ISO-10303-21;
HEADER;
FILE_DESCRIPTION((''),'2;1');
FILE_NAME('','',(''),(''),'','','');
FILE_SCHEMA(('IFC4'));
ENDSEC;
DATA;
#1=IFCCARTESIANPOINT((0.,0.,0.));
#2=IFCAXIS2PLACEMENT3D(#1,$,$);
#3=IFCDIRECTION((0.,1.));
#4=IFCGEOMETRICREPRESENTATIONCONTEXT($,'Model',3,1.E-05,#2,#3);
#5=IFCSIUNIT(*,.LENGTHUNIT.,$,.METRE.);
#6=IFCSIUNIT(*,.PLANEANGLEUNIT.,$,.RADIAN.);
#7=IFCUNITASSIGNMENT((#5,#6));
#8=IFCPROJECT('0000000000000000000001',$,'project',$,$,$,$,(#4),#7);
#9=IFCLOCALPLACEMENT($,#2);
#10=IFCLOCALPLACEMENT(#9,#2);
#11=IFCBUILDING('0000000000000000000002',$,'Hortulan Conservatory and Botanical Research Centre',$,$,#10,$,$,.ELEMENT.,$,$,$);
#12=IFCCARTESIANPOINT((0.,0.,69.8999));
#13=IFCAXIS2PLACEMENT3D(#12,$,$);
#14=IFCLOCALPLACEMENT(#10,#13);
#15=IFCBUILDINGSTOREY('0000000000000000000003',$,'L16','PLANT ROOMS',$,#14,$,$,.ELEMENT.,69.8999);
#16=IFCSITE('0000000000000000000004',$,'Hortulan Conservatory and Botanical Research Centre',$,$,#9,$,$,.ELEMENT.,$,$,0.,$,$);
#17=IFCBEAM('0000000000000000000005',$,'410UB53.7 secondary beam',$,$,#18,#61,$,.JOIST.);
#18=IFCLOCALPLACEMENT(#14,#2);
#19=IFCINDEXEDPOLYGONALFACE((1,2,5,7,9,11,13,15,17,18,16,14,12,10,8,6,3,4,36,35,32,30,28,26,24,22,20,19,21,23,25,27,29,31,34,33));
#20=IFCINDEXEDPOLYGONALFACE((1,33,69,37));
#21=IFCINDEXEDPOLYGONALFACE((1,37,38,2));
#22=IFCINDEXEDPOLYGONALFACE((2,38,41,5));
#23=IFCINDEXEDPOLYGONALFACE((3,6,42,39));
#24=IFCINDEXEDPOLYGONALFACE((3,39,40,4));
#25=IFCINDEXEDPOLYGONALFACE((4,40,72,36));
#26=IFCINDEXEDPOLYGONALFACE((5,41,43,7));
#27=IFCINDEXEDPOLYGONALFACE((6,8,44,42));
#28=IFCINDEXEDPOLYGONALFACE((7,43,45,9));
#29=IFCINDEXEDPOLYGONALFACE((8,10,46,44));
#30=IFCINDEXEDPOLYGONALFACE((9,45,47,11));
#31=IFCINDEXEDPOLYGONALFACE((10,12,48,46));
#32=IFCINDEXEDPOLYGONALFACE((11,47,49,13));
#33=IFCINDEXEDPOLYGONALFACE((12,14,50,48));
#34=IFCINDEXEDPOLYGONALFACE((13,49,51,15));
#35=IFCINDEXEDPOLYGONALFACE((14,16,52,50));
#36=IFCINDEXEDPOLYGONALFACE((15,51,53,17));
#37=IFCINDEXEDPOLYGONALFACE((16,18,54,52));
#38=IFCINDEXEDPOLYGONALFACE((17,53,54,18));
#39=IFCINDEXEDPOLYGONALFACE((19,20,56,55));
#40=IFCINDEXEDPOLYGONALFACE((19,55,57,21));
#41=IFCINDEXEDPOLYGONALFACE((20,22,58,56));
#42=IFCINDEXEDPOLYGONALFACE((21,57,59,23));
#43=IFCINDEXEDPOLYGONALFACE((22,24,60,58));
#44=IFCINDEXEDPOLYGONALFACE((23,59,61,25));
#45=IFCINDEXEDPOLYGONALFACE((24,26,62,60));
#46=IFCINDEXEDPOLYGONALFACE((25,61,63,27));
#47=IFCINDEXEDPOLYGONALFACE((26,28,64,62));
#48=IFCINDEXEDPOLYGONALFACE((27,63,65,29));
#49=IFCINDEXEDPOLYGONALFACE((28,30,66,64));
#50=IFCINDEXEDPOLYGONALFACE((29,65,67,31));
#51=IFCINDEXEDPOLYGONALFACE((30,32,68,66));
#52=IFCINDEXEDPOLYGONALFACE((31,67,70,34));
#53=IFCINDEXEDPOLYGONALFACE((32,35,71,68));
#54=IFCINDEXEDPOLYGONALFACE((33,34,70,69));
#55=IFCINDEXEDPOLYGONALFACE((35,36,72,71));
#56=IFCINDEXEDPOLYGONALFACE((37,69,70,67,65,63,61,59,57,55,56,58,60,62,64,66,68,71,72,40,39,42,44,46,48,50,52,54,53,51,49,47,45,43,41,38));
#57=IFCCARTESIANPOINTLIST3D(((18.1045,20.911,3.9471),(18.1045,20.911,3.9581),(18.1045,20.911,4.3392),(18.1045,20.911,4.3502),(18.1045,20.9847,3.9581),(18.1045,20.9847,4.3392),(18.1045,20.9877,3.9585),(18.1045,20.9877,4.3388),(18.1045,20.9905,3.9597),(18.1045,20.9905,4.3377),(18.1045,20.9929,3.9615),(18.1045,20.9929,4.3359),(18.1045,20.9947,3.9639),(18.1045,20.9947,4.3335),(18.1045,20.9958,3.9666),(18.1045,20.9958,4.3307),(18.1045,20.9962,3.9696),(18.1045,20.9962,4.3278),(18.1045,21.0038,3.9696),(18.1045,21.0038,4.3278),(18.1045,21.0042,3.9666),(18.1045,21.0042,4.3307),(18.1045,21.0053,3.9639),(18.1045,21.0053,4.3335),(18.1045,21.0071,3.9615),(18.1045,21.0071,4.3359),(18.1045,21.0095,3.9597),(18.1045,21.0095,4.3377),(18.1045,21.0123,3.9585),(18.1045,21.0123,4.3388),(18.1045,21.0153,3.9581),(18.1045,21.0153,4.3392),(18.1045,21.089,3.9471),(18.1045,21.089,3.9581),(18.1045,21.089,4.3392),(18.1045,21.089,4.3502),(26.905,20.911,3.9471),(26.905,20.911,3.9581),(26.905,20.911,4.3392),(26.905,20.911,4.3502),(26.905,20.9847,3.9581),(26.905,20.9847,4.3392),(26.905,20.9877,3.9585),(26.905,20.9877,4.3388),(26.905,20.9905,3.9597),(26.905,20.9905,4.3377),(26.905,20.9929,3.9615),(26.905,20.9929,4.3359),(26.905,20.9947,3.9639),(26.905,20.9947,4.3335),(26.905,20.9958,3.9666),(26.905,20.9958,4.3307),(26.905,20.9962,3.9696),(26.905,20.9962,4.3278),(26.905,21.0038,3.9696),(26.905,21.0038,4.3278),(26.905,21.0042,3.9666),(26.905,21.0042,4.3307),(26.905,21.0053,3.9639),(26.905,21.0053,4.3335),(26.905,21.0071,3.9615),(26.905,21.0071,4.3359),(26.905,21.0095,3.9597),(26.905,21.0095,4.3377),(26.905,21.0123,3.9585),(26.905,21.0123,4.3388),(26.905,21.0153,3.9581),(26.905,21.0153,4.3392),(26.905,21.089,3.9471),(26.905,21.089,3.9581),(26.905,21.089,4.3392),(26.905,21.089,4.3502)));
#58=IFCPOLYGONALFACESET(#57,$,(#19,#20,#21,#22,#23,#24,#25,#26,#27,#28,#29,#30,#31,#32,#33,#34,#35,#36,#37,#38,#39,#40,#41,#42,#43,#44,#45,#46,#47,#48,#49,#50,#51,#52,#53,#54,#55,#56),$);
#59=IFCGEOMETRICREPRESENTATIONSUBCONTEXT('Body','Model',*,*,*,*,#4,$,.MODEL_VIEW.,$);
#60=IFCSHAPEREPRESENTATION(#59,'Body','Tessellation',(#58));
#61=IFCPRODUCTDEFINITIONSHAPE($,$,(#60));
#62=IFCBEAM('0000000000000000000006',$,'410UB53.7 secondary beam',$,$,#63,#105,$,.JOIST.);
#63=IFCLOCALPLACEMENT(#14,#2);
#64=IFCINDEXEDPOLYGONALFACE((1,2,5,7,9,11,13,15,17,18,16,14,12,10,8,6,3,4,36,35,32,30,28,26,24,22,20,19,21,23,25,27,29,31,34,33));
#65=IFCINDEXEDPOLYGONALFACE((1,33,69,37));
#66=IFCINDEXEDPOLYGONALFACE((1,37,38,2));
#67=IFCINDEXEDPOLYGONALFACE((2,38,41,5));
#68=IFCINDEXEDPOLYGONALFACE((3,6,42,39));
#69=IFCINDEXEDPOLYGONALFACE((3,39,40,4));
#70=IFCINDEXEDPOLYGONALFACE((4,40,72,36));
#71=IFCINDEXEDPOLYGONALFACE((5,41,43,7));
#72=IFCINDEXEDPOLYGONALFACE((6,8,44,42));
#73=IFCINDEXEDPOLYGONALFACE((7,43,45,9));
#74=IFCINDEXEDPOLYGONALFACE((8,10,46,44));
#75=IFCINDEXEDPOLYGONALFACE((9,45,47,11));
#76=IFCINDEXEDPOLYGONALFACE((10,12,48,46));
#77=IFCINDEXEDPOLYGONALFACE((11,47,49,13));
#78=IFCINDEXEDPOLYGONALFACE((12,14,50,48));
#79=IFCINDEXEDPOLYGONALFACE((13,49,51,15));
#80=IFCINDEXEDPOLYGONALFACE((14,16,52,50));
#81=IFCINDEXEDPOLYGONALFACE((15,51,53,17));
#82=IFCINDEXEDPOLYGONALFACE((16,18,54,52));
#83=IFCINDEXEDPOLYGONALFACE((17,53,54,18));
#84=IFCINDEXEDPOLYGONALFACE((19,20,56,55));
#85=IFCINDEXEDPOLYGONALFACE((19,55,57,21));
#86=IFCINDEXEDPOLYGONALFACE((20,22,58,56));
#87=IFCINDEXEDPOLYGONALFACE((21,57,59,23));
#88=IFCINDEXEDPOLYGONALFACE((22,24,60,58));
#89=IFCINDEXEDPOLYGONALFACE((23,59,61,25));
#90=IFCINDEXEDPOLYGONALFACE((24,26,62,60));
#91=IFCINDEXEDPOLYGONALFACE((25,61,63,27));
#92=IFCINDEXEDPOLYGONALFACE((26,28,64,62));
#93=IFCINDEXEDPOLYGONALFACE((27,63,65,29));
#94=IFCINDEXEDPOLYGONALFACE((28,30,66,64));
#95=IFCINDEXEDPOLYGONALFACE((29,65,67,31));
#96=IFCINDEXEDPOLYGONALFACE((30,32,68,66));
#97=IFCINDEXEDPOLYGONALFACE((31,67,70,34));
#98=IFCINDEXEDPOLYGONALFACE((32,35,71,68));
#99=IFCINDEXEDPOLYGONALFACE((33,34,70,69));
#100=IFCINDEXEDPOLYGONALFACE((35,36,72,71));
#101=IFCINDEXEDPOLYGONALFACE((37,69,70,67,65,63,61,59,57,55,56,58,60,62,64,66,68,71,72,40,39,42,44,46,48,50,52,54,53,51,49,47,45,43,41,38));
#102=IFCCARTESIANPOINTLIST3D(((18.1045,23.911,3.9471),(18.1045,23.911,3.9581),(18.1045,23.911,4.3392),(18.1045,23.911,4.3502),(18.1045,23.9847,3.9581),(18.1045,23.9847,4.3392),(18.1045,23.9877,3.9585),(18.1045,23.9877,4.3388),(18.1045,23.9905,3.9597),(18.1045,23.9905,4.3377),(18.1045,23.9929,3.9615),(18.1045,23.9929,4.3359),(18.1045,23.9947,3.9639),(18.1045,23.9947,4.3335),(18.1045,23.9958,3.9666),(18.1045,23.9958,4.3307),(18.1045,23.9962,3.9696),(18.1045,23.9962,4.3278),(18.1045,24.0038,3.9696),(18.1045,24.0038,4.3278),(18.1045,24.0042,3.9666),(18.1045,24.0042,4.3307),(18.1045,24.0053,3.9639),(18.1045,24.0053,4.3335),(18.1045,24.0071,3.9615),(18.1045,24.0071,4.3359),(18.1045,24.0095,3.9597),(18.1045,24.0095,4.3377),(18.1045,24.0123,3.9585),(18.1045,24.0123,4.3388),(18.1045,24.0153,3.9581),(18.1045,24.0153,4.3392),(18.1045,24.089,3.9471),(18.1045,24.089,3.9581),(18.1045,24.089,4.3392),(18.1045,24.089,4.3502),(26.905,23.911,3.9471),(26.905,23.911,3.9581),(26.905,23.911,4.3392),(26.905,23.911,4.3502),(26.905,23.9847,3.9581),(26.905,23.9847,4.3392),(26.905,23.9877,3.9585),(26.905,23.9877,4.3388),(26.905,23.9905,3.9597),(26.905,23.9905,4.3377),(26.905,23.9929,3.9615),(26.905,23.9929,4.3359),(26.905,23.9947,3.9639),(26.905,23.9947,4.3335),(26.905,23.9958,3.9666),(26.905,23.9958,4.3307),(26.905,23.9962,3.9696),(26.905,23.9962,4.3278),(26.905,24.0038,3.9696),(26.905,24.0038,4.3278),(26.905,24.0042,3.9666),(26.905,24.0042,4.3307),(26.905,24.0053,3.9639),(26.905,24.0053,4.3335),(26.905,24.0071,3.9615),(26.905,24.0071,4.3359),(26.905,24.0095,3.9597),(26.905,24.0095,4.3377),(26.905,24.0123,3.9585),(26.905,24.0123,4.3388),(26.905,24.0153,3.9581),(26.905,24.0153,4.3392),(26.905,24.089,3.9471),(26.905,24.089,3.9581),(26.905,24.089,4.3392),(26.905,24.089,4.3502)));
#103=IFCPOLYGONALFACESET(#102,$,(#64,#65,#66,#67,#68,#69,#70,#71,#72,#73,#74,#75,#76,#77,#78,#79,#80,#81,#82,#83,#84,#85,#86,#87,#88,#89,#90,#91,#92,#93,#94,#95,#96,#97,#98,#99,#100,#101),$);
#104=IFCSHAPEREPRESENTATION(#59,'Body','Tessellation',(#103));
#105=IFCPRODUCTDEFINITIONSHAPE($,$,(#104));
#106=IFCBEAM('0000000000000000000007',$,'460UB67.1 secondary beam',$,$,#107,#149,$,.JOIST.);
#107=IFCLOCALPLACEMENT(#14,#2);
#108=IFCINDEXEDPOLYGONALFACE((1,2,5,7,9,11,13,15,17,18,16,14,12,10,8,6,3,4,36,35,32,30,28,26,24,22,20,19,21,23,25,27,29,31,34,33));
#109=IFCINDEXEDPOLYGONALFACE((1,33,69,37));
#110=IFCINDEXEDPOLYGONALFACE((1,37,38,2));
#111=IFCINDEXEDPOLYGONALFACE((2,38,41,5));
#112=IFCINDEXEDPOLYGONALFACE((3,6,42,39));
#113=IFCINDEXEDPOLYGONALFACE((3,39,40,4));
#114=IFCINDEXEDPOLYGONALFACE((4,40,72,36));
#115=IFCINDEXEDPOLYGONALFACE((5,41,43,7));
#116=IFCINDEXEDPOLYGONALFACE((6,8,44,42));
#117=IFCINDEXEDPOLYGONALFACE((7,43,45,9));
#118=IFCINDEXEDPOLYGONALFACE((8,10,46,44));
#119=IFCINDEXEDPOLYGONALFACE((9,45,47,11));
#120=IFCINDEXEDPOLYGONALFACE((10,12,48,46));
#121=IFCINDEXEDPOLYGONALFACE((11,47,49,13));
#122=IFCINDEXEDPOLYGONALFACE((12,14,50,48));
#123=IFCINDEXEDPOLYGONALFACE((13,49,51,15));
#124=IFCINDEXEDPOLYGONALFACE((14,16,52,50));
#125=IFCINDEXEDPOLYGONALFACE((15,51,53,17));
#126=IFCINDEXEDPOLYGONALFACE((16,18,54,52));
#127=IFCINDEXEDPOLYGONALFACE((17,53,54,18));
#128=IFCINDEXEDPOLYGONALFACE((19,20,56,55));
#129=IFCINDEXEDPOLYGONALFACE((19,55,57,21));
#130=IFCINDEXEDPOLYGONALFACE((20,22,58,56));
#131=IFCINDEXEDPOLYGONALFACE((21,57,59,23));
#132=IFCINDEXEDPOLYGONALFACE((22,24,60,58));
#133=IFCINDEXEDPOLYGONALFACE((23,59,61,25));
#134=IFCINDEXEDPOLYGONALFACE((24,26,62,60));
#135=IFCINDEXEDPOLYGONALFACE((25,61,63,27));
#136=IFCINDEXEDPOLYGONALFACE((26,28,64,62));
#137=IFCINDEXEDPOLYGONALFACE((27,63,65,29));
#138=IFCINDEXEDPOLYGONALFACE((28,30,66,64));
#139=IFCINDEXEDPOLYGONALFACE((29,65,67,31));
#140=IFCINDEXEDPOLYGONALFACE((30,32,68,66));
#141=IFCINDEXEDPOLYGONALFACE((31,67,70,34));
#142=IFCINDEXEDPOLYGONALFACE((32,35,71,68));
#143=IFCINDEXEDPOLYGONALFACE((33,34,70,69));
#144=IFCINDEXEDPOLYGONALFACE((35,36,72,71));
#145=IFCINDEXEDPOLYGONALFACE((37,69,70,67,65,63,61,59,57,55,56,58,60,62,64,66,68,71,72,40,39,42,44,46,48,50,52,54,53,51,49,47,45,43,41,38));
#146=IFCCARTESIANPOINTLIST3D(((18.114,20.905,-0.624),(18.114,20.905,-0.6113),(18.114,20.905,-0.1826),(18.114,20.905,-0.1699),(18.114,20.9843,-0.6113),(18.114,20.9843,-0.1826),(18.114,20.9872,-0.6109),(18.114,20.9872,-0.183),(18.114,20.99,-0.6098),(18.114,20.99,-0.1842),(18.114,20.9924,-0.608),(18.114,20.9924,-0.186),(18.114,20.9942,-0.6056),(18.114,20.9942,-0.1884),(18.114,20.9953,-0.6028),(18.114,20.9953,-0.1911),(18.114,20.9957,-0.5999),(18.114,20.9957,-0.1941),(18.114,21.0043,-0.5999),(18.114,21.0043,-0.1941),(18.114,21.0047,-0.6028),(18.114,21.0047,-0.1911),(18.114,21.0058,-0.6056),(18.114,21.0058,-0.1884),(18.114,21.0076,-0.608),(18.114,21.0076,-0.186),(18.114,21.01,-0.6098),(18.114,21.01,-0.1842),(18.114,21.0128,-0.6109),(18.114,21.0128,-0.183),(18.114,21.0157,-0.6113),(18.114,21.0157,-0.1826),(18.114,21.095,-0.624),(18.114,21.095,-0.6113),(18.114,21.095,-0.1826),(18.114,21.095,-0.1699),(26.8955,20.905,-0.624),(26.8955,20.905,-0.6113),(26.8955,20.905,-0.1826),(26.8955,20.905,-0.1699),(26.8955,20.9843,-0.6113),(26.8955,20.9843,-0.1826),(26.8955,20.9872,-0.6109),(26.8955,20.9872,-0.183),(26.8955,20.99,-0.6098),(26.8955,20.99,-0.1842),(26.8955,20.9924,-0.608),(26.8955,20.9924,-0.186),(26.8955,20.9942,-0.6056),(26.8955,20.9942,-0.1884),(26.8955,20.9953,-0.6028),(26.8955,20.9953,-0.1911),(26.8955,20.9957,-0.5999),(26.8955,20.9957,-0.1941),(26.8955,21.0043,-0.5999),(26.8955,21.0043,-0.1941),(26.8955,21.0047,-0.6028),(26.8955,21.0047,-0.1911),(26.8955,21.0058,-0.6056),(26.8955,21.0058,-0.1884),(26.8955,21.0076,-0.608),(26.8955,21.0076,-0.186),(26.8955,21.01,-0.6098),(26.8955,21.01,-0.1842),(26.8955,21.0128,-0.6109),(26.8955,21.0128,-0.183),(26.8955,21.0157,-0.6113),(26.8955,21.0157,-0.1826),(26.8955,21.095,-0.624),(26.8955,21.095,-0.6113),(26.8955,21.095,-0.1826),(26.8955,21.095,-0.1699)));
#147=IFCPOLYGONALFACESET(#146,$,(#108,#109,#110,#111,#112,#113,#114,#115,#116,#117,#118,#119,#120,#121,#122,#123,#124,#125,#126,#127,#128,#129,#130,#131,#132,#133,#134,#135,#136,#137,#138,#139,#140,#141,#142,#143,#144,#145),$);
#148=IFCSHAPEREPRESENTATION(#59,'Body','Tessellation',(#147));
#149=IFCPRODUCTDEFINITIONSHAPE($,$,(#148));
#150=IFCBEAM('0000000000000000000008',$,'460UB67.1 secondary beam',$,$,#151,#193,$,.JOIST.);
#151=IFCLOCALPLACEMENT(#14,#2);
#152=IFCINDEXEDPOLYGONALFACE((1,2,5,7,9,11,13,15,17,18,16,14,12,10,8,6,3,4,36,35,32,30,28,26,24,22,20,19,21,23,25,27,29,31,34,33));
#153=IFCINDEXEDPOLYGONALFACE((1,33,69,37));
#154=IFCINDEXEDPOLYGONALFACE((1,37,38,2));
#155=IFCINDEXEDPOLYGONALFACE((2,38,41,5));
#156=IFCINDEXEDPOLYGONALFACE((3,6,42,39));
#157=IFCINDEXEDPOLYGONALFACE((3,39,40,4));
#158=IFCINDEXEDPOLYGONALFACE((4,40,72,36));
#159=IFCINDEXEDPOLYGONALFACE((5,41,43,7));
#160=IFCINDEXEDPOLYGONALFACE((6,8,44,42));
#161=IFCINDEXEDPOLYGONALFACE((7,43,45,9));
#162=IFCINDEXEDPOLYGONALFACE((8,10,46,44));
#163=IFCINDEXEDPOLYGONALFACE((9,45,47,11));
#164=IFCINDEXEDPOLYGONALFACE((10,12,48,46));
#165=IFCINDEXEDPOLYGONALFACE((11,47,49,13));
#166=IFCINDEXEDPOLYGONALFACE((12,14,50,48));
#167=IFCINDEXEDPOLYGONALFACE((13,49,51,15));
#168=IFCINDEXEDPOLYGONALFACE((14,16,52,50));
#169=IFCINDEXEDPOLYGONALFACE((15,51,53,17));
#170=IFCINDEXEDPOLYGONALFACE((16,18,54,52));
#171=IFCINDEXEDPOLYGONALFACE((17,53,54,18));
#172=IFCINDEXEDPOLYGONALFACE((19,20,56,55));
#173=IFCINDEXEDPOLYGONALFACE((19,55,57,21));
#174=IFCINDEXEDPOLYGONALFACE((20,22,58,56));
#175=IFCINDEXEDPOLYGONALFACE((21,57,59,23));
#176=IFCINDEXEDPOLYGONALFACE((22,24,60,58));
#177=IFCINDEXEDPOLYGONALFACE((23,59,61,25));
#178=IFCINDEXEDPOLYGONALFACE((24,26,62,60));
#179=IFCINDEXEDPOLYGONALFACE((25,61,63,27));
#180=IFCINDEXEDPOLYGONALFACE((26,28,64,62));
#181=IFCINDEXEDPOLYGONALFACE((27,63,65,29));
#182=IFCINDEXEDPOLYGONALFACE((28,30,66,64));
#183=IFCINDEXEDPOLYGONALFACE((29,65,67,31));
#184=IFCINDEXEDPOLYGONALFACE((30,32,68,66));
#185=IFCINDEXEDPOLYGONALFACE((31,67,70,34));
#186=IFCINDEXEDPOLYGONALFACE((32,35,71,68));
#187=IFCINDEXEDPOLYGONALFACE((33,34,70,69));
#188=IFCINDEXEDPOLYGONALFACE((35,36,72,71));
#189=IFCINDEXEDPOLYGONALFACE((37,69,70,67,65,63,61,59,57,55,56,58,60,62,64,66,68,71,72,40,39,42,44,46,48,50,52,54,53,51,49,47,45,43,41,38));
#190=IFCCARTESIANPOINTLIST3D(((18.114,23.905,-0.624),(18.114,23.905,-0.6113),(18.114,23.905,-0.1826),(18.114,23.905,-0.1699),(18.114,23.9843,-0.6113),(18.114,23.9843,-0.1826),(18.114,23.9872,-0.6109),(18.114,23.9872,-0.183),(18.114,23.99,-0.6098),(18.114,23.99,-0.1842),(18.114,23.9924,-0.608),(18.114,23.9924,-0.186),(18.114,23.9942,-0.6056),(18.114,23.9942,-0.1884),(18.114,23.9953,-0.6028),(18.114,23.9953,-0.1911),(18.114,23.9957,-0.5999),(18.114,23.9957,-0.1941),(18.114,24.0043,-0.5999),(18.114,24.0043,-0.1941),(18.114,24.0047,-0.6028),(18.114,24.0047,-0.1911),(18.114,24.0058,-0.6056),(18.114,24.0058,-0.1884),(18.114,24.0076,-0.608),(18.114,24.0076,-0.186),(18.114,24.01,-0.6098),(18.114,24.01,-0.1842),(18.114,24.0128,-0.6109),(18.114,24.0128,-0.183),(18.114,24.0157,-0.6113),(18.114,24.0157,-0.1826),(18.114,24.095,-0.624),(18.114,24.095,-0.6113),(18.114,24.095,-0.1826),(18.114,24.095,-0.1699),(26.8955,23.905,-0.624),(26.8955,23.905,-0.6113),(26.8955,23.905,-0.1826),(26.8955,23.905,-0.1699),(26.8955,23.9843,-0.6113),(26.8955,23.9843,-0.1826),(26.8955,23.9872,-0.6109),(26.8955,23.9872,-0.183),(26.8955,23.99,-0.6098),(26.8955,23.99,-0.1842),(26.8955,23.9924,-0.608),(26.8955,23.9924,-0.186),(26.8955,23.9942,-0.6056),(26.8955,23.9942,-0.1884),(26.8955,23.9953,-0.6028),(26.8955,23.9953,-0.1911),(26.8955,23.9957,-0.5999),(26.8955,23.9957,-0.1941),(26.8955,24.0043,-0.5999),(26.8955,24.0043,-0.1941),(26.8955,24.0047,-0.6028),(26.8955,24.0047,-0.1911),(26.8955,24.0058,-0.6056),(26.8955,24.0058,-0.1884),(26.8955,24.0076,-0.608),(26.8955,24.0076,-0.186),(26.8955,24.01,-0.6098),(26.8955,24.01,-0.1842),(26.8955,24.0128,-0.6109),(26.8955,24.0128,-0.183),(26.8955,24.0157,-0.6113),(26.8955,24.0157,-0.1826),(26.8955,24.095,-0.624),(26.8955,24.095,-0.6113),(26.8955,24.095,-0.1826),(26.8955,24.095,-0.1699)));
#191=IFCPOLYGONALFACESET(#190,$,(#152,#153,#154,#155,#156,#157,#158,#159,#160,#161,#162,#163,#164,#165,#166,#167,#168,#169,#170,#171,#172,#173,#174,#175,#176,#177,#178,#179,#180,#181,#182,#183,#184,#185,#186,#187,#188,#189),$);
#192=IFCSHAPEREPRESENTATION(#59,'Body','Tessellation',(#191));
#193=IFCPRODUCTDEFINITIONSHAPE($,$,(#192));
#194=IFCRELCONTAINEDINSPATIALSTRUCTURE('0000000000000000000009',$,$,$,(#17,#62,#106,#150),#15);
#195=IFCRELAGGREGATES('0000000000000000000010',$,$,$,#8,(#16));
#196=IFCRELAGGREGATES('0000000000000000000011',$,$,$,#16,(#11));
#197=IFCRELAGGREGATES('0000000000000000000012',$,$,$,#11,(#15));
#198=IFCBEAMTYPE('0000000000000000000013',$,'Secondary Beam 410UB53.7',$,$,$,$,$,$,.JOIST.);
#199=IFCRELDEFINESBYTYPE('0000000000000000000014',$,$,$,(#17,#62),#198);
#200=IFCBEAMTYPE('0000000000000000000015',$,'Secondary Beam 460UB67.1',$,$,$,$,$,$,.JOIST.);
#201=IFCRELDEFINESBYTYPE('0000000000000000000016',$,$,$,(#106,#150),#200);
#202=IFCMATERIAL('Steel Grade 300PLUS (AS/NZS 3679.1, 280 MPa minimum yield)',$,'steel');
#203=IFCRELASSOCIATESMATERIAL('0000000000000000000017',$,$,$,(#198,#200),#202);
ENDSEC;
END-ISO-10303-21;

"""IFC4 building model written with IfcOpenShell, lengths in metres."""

from ifc_helpers import new_model, si_unit, direction, frame, origin, origin_2d, place, context, subcontext, project, spatial, i_section, extrude, material, material_profile, profile_set, type_object, element, save


model = new_model("IFC4")

# Units and contexts
model_context = context("Model", 3, precision=1e-05, world=origin(), true_north=direction((0.0, 1.0)))
body_context = subcontext(model_context, "Body", "Model", "MODEL_VIEW")
ifc_project = project(units=[si_unit("LENGTHUNIT", "METRE"), si_unit("PLANEANGLEUNIT", "RADIAN")], contexts=[model_context])

# Site, building, storey
site_placement = place(None, origin())
site = spatial("IfcSite", under=ifc_project, at=site_placement, Name="Hortulan Conservatory and Botanical Research Centre", CompositionType="ELEMENT", RefElevation=0.0)
building_placement = place(site_placement, origin())
building = spatial("IfcBuilding", under=site, at=building_placement, Name="Hortulan Conservatory and Botanical Research Centre", CompositionType="ELEMENT")
storey_placement = place(building_placement, frame((0.0, 0.0, 69.8999)))
storey = spatial("IfcBuildingStorey", under=building, at=storey_placement, Name="L16", Description="PLANT ROOMS", CompositionType="ELEMENT", Elevation=69.8999)

# Shared definitions
ifc_material_1 = material(Name="Steel Grade 300PLUS (AS/NZS 3679.1, 280 MPa minimum yield)", Category="steel")

# Beams
ifc_material_profile_1 = material_profile(ifc_material_1, i_section(OverallWidth=0.178, OverallDepth=0.4031, WebThickness=0.0076, FlangeThickness=0.011, FilletRadius=0.0115, at=origin_2d()), Name="410UB53.7")
ifc_profile_set_1 = profile_set([ifc_material_profile_1], Name="Steel Grade 300PLUS (AS/NZS 3679.1, 280 MPa minimum yield)")
beam_type_1 = type_object("IfcBeamType", Name="Secondary Beam 410UB53.7", PredefinedType="JOIST", material=ifc_profile_set_1)
for number, where, z_axis, x_axis, name in (
    (1, (18.1045, 21.0, 4.1487), (1.0, 0.0, 0.0), (0.0, 1.0, 0.0), "410UB53.7 secondary beam"),
    (2, (18.1045, 24.0, 4.1487), (1.0, 0.0, 0.0), (0.0, 1.0, 0.0), "410UB53.7 secondary beam"),
):
    element("IfcBeam", number, at=place(storey_placement, frame(where, z_axis=z_axis, x_axis=x_axis)), inside=storey, type_object=beam_type_1, Name=name, PredefinedType="JOIST", context=body_context, shape_type="SweptSolid", body=[
        extrude(i_section(OverallWidth=0.178, OverallDepth=0.4031, WebThickness=0.0076, FlangeThickness=0.011, FilletRadius=0.0115, at=origin_2d()), origin(), (0.0, 0.0, 1.0), 8.8005),
    ])
ifc_material_profile_2 = material_profile(ifc_material_1, i_section(OverallWidth=0.1899, OverallDepth=0.4541, WebThickness=0.0085, FlangeThickness=0.0127, FilletRadius=0.0115, at=origin_2d()), Name="460UB67.1")
ifc_profile_set_2 = profile_set([ifc_material_profile_2], Name="Steel Grade 300PLUS (AS/NZS 3679.1, 280 MPa minimum yield)")
beam_type_2 = type_object("IfcBeamType", Name="Secondary Beam 460UB67.1", PredefinedType="JOIST", material=ifc_profile_set_2)
for number, where, z_axis, x_axis, name in (
    (3, (18.114, 21.0, -0.397), (1.0, 0.0, 0.0), (0.0, 1.0, 0.0), "460UB67.1 secondary beam"),
    (4, (18.114, 24.0, -0.397), (1.0, 0.0, 0.0), (0.0, 1.0, 0.0), "460UB67.1 secondary beam"),
):
    element("IfcBeam", number, at=place(storey_placement, frame(where, z_axis=z_axis, x_axis=x_axis)), inside=storey, type_object=beam_type_2, Name=name, PredefinedType="JOIST", context=body_context, shape_type="SweptSolid", body=[
        extrude(i_section(OverallWidth=0.1899, OverallDepth=0.4541, WebThickness=0.0085, FlangeThickness=0.0127, FilletRadius=0.0115, at=origin_2d()), origin(), (0.0, 0.0, 1.0), 8.7815),
    ])

save(model, "model.ifc")
